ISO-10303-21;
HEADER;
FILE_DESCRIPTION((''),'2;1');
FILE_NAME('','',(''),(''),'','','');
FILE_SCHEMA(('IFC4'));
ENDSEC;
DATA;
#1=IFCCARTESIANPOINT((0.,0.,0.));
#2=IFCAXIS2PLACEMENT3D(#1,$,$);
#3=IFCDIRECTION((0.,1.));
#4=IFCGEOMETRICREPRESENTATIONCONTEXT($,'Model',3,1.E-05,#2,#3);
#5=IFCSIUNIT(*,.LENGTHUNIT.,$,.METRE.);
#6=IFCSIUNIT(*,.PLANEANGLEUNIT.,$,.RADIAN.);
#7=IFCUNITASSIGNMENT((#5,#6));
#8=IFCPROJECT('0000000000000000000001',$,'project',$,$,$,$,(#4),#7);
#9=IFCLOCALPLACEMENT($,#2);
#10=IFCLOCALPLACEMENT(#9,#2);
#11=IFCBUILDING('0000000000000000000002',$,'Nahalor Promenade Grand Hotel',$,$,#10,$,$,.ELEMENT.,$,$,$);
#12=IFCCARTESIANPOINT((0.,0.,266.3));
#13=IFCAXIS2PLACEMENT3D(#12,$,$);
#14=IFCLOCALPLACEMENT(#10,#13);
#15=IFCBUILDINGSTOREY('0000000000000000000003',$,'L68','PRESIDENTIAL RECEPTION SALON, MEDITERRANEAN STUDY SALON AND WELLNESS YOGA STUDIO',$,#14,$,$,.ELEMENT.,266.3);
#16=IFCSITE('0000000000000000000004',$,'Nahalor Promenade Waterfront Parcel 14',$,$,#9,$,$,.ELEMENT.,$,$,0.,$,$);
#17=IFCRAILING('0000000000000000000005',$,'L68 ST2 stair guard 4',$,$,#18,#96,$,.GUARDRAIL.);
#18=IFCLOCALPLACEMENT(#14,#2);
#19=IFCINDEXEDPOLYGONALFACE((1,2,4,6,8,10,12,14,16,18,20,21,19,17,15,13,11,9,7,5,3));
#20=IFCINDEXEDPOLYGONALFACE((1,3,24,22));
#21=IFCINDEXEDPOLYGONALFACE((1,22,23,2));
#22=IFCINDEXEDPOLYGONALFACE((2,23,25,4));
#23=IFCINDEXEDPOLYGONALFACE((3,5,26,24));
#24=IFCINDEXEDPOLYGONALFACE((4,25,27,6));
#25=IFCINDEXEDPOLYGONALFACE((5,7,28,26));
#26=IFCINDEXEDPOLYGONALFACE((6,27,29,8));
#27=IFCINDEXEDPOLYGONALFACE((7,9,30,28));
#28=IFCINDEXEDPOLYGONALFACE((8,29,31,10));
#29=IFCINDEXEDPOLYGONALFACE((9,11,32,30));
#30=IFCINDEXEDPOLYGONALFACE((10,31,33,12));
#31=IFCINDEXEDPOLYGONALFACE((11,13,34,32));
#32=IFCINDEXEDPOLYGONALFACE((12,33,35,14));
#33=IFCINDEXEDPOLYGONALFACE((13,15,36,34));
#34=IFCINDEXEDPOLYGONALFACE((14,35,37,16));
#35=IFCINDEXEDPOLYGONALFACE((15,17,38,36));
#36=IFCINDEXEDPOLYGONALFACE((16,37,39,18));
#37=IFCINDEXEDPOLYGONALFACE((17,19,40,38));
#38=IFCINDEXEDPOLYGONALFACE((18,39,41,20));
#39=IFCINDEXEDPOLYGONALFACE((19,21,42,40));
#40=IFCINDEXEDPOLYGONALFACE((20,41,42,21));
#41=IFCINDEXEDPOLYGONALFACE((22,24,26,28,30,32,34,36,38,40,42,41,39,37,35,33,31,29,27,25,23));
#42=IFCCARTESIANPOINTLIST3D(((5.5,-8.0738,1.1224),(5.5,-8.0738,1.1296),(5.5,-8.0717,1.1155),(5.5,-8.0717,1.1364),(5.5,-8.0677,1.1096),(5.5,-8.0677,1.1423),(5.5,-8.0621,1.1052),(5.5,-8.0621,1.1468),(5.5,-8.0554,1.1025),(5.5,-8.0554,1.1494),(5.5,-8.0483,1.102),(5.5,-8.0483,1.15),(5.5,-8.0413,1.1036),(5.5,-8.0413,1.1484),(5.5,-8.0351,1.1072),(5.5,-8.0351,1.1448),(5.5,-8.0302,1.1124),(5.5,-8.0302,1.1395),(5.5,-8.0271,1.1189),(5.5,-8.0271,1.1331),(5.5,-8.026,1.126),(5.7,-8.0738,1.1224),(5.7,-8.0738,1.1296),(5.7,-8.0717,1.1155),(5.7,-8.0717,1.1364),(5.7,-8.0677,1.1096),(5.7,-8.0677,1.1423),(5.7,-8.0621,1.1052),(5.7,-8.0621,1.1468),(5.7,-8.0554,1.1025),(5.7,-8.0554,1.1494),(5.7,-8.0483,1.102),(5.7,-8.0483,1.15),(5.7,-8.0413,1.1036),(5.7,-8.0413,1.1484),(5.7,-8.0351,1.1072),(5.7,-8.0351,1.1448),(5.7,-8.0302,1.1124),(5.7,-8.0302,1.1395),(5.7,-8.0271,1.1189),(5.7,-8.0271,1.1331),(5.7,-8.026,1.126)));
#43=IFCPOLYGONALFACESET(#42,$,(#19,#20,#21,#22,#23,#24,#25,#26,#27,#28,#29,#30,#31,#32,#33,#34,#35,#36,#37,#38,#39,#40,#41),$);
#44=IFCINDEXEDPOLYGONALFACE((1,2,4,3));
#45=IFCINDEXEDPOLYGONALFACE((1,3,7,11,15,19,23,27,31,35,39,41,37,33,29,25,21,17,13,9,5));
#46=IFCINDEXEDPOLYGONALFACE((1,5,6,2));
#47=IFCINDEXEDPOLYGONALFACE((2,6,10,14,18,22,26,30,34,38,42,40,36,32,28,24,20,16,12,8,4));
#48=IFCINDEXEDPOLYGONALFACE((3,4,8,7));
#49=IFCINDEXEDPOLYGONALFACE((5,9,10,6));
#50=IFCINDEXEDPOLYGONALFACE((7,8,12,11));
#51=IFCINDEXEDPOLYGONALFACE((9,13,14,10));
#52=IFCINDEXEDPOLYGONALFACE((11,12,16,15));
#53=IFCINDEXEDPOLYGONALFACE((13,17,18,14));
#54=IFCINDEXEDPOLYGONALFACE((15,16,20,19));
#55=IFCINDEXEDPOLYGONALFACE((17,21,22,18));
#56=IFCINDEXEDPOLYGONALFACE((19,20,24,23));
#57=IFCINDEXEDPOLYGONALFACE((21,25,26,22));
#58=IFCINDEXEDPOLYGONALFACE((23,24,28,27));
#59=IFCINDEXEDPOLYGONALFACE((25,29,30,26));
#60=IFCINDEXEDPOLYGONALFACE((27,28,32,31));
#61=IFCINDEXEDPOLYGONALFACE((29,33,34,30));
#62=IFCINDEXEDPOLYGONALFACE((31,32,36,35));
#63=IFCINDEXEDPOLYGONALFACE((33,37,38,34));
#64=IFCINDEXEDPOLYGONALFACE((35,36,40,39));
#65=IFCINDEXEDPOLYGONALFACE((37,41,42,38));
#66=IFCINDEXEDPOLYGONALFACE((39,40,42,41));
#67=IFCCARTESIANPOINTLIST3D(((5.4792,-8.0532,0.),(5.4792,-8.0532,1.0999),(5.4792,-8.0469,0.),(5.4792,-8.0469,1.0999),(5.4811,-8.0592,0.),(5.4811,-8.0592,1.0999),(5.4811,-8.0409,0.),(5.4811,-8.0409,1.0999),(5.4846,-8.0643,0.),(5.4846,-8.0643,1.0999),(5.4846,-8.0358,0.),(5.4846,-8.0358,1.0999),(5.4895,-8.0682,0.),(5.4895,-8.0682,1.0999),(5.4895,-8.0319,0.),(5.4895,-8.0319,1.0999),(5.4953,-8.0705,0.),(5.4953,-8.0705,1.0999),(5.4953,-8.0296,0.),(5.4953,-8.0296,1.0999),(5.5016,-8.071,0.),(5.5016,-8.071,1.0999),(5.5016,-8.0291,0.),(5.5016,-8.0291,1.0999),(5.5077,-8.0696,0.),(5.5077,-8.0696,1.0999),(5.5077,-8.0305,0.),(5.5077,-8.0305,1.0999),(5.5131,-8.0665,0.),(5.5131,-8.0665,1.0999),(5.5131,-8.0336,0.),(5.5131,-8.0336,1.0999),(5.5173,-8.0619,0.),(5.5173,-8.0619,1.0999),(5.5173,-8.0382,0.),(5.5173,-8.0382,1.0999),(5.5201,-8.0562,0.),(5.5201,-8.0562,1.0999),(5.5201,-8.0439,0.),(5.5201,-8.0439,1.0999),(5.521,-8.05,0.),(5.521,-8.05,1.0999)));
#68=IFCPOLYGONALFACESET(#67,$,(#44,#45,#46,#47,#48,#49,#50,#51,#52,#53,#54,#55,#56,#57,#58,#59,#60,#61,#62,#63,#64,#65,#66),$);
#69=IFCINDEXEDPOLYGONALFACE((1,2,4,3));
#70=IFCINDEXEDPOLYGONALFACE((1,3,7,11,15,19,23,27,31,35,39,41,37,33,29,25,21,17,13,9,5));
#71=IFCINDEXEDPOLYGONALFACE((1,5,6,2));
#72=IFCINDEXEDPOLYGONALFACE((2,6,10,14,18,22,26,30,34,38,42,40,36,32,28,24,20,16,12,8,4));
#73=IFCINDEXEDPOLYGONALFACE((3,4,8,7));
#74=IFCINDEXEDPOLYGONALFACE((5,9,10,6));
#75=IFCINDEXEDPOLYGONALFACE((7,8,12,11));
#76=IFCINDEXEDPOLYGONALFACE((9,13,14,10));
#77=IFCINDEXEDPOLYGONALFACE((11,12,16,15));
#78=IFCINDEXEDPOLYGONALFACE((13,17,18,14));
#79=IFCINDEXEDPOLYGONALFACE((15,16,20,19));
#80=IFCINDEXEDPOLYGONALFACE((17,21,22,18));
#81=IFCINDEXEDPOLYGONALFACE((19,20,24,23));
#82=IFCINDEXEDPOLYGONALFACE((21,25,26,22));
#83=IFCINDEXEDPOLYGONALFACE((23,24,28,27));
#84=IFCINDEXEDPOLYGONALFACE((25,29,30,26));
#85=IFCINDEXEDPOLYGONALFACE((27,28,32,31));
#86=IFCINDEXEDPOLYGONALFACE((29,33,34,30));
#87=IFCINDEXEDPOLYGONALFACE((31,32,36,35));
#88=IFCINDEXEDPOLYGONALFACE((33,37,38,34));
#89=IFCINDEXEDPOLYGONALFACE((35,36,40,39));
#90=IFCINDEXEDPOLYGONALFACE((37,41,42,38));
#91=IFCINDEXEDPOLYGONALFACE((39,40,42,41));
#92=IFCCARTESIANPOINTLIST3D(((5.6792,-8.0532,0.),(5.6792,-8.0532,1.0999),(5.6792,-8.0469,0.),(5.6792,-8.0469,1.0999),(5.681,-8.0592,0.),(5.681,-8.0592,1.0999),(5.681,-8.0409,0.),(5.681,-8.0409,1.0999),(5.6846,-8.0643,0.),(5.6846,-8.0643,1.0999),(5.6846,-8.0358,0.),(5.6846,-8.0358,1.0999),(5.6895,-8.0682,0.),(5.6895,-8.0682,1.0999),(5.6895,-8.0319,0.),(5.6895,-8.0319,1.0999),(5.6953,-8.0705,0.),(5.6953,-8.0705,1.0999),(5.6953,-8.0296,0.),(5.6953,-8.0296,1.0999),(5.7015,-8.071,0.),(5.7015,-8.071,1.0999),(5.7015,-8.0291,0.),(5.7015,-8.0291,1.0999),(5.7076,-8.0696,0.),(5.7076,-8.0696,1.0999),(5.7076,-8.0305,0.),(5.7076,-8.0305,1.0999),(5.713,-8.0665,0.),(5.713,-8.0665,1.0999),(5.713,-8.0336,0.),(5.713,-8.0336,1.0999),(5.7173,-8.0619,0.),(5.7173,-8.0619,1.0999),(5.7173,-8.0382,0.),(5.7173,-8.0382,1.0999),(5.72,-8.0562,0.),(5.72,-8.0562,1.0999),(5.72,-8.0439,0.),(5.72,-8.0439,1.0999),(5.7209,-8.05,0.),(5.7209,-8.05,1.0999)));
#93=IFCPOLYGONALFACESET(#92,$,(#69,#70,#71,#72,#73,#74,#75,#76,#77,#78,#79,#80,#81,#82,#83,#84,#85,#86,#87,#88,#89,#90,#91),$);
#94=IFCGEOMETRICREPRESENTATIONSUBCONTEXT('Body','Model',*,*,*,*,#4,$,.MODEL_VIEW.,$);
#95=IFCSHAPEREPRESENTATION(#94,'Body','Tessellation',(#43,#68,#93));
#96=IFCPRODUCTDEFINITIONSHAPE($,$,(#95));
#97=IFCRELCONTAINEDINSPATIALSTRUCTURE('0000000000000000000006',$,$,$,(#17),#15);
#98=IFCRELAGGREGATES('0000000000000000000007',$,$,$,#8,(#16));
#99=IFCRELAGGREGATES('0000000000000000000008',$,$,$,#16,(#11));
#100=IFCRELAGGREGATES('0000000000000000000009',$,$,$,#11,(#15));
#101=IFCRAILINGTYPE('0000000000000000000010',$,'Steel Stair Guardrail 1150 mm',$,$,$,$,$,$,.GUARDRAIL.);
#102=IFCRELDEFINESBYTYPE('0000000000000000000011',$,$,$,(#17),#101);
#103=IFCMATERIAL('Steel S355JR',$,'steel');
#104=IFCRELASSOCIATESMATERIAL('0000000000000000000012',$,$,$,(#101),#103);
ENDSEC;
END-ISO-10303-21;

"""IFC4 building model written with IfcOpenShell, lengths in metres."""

from ifc_helpers import new_model, si_unit, direction, frame, origin, origin_2d, place, context, subcontext, project, spatial, circle, extrude, material, type_object, element, save


model = new_model("IFC4")

# Units and contexts
model_context = context("Model", 3, precision=1e-05, world=origin(), true_north=direction((0.0, 1.0)))
body_context = subcontext(model_context, "Body", "Model", "MODEL_VIEW")
ifc_project = project(units=[si_unit("LENGTHUNIT", "METRE"), si_unit("PLANEANGLEUNIT", "RADIAN")], contexts=[model_context])

# Site, building, storey
site_placement = place(None, origin())
site = spatial("IfcSite", under=ifc_project, at=site_placement, Name="Nahalor Promenade Waterfront Parcel 14", CompositionType="ELEMENT", RefElevation=0.0)
building_placement = place(site_placement, origin())
building = spatial("IfcBuilding", under=site, at=building_placement, Name="Nahalor Promenade Grand Hotel", CompositionType="ELEMENT")
storey_placement = place(building_placement, frame((0.0, 0.0, 266.3)))
storey = spatial("IfcBuildingStorey", under=building, at=storey_placement, Name="L68", Description="PRESIDENTIAL RECEPTION SALON, MEDITERRANEAN STUDY SALON AND WELLNESS YOGA STUDIO", CompositionType="ELEMENT", Elevation=266.3)

# Shared definitions
ifc_material_1 = material(Name="Steel S355JR", Category="steel")

# Railing
railing_type_1 = type_object("IfcRailingType", Name="Steel Stair Guardrail 1150 mm", PredefinedType="GUARDRAIL", material=ifc_material_1)
railing_1_placement = place(storey_placement, frame((5.5, -8.05, 0.0)))
element("IfcRailing", 1, at=railing_1_placement, inside=storey, type_object=railing_type_1, Name="L68 ST2 stair guard 4", PredefinedType="GUARDRAIL", context=body_context, shape_type="SweptSolid", body=[
    extrude(circle(Radius=0.024, at=origin_2d()), frame((0.0, 0.0, 1.126), z_axis=(1.0, 0.0, 0.0), x_axis=(0.0, 1.0, 0.0)), (0.0, 0.0, 1.0), 0.2),
    extrude(circle(Radius=0.021, at=origin_2d()), origin(), (0.0, 0.0, 1.0), 1.0999),
    extrude(circle(Radius=0.021, at=origin_2d()), frame((0.2, 0.0, 0.0)), (0.0, 0.0, 1.0), 1.0999),
])

save(model, "model.ifc")
